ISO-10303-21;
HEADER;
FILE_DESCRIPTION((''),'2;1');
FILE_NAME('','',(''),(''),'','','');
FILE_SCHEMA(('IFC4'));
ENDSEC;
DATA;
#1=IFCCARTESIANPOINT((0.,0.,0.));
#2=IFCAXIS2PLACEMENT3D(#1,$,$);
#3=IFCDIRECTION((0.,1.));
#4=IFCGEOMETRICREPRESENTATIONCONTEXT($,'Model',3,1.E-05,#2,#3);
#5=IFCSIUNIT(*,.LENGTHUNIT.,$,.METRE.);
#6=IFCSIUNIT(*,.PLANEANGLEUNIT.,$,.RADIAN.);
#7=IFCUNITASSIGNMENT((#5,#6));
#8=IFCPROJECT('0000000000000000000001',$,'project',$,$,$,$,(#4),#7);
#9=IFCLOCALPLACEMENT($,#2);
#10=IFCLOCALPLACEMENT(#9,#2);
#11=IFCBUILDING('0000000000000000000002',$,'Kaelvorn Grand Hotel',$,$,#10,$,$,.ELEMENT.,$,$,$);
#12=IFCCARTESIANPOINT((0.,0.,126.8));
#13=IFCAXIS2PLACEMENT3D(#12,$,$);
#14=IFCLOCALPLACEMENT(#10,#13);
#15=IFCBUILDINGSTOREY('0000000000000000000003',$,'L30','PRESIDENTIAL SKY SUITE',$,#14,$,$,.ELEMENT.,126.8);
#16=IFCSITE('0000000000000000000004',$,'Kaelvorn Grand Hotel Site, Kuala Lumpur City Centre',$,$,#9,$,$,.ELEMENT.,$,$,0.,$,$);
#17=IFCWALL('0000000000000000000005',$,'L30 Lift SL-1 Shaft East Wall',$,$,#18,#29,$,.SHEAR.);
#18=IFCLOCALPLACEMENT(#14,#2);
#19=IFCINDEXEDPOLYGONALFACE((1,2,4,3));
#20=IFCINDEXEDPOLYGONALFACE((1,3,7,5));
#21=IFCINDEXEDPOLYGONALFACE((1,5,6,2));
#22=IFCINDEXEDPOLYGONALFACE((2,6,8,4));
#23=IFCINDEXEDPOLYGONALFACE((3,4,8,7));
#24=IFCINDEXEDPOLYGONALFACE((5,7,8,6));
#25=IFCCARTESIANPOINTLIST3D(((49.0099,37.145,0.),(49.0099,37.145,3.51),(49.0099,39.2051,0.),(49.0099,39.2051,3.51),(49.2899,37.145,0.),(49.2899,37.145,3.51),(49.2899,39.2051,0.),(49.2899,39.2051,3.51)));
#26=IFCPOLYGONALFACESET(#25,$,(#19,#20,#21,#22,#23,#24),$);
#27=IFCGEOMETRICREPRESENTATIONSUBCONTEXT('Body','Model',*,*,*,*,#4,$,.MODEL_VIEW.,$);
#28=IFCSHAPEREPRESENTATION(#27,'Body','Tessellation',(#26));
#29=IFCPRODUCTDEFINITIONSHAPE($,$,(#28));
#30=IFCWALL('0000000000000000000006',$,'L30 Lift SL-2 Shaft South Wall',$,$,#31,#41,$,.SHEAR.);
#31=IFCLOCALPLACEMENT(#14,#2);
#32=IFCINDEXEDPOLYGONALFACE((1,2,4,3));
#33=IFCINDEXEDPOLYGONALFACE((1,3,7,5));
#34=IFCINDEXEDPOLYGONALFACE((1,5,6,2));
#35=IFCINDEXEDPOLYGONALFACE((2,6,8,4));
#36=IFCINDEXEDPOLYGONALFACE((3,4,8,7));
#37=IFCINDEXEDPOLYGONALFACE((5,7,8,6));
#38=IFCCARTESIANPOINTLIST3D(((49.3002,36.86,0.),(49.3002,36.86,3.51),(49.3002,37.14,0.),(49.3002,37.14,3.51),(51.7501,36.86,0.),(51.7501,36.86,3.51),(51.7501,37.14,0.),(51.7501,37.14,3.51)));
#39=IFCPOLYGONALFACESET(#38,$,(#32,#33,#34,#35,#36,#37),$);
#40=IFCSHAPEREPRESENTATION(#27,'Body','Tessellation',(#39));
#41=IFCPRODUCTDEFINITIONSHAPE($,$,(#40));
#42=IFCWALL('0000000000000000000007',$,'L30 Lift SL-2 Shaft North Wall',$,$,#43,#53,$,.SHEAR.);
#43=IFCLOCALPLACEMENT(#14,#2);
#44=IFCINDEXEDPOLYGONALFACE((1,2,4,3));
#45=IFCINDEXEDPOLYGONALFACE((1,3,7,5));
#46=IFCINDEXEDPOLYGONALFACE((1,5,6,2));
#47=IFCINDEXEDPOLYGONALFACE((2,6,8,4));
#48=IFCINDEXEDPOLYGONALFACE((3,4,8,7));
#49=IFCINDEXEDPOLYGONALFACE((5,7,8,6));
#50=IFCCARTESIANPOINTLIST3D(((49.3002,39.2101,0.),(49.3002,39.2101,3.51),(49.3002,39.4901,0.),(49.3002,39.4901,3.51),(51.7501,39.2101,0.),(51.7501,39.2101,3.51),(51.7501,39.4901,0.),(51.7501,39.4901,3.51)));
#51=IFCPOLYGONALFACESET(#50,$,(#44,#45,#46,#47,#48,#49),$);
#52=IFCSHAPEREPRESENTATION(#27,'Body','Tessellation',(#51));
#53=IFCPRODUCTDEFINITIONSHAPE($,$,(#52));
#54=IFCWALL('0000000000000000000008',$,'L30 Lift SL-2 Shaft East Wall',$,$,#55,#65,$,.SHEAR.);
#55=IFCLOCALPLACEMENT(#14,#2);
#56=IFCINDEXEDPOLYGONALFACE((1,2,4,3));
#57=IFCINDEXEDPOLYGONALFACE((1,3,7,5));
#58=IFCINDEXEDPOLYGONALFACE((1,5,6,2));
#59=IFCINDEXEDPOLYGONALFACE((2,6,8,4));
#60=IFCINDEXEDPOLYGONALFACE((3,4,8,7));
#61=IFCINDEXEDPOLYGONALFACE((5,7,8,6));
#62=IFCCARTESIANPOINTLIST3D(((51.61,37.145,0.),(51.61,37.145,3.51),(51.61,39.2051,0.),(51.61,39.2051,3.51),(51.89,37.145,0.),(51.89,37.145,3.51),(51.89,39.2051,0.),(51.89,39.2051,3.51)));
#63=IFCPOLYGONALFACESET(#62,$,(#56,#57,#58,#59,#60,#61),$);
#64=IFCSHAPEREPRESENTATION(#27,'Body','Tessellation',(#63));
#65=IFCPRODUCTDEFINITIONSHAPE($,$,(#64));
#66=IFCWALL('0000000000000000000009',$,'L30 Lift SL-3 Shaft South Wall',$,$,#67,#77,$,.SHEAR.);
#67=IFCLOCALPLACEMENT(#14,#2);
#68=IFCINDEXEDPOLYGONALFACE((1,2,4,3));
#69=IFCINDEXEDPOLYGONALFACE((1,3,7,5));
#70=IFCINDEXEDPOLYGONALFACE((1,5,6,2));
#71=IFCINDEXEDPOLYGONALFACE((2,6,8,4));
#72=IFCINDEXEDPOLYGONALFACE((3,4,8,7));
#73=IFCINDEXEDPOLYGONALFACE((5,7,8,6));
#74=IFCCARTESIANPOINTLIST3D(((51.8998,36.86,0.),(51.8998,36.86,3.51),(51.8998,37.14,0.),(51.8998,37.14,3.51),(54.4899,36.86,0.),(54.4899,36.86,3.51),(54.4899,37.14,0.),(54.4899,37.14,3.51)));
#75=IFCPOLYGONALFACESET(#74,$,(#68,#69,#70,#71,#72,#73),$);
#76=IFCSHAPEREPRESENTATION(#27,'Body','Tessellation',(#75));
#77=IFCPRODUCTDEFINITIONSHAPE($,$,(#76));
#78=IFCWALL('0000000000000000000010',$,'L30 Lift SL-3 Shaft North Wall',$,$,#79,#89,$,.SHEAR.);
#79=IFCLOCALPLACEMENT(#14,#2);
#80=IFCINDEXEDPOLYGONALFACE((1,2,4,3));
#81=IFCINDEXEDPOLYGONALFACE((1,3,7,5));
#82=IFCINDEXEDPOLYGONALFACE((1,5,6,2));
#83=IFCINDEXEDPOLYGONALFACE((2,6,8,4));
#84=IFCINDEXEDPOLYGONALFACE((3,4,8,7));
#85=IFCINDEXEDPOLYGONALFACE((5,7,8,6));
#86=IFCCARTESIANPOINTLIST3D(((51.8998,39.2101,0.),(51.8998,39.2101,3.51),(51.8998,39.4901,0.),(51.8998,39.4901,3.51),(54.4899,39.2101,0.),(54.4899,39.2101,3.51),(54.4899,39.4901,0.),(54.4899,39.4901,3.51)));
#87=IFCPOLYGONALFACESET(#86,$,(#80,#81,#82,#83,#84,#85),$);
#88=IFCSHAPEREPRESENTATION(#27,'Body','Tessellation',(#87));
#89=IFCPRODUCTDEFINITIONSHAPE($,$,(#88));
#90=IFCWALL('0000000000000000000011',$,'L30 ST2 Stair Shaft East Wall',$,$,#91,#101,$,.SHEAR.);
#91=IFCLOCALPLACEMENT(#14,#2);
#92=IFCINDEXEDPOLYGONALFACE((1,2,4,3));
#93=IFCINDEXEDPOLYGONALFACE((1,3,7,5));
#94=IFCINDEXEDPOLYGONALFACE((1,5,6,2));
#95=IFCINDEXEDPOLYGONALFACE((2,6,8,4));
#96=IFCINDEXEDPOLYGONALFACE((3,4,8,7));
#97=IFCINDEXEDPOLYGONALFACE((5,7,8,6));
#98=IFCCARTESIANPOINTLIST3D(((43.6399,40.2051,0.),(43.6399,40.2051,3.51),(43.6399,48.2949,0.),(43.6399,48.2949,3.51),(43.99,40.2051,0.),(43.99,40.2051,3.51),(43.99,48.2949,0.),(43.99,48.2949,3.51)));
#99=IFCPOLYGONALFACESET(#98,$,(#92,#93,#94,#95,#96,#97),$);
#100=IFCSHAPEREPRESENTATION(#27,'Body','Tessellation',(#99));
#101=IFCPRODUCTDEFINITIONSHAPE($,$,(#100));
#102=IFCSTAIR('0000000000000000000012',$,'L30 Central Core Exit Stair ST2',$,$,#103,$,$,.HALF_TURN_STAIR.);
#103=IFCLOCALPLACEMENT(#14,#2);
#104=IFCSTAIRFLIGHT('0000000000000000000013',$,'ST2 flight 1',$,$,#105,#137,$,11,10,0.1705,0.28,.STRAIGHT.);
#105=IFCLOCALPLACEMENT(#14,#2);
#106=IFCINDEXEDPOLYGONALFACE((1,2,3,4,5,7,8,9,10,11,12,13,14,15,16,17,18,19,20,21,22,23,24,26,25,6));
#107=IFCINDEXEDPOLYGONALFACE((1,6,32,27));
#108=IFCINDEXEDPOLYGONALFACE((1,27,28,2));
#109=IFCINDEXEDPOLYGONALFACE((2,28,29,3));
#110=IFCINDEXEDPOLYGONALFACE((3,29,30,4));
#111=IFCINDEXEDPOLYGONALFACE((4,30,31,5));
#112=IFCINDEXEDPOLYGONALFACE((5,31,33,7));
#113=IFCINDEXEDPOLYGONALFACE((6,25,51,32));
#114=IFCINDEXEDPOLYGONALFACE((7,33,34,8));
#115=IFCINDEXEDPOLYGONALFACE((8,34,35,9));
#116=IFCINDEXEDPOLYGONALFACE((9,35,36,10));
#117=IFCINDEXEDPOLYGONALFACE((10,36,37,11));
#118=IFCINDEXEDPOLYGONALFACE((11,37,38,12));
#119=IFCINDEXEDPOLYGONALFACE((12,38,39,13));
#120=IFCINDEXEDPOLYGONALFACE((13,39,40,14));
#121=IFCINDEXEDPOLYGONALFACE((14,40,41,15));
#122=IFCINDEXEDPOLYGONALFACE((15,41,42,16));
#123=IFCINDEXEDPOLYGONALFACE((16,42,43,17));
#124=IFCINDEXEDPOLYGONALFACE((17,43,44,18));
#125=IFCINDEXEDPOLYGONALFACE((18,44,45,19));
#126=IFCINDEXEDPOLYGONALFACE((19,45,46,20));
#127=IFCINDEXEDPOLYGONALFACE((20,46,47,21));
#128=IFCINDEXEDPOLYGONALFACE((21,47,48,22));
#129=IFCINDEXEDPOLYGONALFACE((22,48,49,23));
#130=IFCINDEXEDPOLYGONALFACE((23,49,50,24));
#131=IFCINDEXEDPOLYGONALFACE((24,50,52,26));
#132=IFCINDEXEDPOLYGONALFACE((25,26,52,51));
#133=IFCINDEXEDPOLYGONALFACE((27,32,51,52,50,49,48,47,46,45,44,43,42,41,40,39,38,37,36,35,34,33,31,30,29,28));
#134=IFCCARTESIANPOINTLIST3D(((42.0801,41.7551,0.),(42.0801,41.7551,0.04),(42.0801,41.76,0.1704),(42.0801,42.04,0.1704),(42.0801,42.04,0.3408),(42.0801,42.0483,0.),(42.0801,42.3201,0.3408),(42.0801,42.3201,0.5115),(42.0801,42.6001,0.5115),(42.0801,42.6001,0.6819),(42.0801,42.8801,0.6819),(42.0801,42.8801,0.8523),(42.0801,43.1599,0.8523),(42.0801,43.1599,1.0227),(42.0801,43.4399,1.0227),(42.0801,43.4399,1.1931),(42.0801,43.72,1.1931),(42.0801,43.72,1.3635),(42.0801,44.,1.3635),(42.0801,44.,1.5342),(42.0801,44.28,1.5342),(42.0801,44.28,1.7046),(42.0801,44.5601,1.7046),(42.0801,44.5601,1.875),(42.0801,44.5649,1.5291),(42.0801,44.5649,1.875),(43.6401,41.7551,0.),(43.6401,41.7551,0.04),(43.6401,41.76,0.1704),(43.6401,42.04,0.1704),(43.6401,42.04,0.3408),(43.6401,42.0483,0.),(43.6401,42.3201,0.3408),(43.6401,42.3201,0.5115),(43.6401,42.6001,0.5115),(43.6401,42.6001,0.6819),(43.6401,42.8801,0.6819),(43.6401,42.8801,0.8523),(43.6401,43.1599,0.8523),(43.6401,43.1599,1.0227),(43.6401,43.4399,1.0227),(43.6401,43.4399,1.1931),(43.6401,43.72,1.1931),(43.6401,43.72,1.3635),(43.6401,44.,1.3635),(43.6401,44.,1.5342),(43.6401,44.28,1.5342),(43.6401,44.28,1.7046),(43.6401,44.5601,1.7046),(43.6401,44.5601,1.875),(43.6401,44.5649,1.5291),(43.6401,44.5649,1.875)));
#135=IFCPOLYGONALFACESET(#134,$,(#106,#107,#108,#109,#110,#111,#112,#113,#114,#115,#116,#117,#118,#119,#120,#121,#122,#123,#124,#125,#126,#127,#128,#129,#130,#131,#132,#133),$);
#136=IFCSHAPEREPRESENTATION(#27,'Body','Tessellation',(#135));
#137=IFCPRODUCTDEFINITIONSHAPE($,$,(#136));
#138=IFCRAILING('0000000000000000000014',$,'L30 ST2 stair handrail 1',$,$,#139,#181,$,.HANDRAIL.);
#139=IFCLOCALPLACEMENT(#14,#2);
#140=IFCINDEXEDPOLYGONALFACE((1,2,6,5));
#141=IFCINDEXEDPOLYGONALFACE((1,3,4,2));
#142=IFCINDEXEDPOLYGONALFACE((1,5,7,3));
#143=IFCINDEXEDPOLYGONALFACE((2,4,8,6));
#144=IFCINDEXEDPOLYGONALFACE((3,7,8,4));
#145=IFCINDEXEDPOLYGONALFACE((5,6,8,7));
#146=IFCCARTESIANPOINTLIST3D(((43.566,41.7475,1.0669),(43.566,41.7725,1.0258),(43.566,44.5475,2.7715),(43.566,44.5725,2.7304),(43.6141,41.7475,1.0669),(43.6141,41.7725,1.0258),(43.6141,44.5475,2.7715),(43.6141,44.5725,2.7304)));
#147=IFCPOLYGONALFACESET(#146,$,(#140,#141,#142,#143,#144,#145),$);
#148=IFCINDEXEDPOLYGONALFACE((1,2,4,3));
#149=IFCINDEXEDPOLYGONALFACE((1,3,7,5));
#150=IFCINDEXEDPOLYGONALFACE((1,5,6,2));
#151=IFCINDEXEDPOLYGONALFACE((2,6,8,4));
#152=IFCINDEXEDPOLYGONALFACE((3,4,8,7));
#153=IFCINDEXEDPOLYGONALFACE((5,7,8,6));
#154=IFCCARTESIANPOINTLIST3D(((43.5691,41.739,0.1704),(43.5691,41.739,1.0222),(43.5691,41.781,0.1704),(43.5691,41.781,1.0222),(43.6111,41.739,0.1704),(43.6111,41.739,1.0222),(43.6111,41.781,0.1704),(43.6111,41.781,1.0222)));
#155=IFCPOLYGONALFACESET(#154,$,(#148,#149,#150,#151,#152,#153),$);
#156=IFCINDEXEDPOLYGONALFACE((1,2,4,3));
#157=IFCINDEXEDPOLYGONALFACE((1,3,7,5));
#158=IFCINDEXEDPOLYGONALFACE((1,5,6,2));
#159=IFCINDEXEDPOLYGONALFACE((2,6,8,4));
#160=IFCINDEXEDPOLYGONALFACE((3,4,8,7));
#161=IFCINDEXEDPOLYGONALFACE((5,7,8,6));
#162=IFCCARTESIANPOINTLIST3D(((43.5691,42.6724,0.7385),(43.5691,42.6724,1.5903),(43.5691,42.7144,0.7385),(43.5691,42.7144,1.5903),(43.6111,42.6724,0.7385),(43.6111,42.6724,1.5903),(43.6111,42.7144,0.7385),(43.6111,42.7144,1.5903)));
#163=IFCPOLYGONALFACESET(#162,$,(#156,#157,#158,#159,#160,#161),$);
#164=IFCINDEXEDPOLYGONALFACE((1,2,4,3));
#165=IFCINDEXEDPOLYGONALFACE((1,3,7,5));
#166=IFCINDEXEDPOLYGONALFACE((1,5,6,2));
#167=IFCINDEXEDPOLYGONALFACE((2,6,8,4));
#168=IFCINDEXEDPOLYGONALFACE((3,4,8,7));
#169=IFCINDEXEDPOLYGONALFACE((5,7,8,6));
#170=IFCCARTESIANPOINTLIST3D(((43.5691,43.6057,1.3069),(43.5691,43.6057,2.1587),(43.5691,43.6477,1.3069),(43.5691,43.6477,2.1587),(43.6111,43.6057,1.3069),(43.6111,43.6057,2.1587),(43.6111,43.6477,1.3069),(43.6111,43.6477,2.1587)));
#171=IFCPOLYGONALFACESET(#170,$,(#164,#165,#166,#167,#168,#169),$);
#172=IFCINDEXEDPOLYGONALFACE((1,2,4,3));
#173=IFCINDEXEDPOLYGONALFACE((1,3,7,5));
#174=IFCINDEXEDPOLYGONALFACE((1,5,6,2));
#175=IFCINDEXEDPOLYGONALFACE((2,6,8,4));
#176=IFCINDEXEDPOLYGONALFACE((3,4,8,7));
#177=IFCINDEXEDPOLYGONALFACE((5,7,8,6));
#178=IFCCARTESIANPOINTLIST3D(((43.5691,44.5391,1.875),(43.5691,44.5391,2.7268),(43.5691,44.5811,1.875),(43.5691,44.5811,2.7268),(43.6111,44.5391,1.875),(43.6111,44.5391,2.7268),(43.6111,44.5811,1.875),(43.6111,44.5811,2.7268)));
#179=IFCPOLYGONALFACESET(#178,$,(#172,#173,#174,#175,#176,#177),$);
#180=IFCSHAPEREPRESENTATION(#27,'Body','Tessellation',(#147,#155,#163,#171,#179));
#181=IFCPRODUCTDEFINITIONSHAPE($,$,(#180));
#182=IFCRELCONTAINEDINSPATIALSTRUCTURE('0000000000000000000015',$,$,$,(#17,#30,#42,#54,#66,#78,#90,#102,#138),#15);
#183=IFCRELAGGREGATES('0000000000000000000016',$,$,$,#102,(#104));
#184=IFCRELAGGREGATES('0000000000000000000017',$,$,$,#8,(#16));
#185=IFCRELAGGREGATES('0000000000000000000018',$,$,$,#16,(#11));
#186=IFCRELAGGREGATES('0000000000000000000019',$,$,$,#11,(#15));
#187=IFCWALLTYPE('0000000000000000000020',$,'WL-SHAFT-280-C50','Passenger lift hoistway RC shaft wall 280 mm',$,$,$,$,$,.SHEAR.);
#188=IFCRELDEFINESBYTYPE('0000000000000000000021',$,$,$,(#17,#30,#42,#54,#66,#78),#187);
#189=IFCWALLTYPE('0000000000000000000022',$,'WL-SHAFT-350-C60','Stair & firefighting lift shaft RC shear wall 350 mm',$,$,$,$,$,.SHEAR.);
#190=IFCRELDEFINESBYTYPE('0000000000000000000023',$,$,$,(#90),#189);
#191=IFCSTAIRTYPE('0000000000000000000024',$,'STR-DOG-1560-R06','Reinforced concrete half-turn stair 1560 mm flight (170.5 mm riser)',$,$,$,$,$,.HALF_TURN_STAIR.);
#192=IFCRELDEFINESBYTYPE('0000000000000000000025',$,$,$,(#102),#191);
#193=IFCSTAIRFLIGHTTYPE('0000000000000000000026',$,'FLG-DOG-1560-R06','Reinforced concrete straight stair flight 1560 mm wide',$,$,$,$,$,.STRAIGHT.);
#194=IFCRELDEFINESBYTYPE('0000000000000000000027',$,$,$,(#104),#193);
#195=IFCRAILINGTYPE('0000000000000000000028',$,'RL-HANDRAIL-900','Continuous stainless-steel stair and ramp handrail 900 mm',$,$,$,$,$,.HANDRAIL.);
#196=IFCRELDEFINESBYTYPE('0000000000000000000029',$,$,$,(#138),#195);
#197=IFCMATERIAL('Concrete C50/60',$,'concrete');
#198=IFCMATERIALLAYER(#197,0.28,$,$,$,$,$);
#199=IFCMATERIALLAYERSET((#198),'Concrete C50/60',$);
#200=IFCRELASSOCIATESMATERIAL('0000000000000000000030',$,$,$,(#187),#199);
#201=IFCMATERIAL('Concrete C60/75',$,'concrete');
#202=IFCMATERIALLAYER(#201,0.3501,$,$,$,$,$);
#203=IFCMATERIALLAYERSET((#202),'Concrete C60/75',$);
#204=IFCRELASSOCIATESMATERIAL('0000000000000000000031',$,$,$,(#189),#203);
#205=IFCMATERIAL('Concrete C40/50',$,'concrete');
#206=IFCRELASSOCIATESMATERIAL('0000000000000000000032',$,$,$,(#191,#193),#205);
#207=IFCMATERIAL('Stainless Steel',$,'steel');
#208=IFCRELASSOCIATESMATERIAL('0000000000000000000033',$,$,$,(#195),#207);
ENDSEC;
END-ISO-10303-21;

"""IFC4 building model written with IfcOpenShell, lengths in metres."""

from ifc_helpers import new_model, si_unit, direction, frame, frame_2d, origin, origin_2d, place, context, subcontext, project, spatial, polyline, rectangle, outline, extrude, material, layer, layer_set, type_object, element, aggregate, save


model = new_model("IFC4")

# Units and contexts
model_context = context("Model", 3, precision=1e-05, world=origin(), true_north=direction((0.0, 1.0)))
body_context = subcontext(model_context, "Body", "Model", "MODEL_VIEW")
ifc_project = project(units=[si_unit("LENGTHUNIT", "METRE"), si_unit("PLANEANGLEUNIT", "RADIAN")], contexts=[model_context])

# Site, building, storey
site_placement = place(None, origin())
site = spatial("IfcSite", under=ifc_project, at=site_placement, Name="Kaelvorn Grand Hotel Site, Kuala Lumpur City Centre", CompositionType="ELEMENT", RefElevation=0.0)
building_placement = place(site_placement, origin())
building = spatial("IfcBuilding", under=site, at=building_placement, Name="Kaelvorn Grand Hotel", CompositionType="ELEMENT")
storey_placement = place(building_placement, frame((0.0, 0.0, 126.8)))
storey = spatial("IfcBuildingStorey", under=building, at=storey_placement, Name="L30", Description="PRESIDENTIAL SKY SUITE", CompositionType="ELEMENT", Elevation=126.8)

# Shared definitions
ifc_material_1 = material(Name="Concrete C60/75", Category="concrete")

# Walls
ifc_material_2 = material(Name="Concrete C40/50", Category="concrete")
ifc_material_3 = material(Name="Concrete C50/60", Category="concrete")
ifc_layer_1 = layer(ifc_material_3, 0.28)
ifc_layer_set_1 = layer_set([ifc_layer_1], Name="Concrete C50/60")
wall_type_1 = type_object("IfcWallType", Name="WL-SHAFT-280-C50", Description="Passenger lift hoistway RC shaft wall 280 mm", PredefinedType="SHEAR", material=ifc_layer_set_1)
for number, where, z_axis, x_axis, name in (
    (1, (49.1499, 37.145, 0.0), (0.0, 0.0, 1.0), (0.0, 1.0, 0.0), "L30 Lift SL-1 Shaft East Wall"),
):
    element("IfcWall", number, at=place(storey_placement, frame(where, z_axis=z_axis, x_axis=x_axis)), inside=storey, type_object=wall_type_1, Name=name, PredefinedType="SHEAR", context=body_context, shape_type="SweptSolid", body=[
        extrude(rectangle(XDim=2.0601, YDim=0.28, at=frame_2d((1.03, 0.0))), origin(), (0.0, 0.0, 1.0), 3.51),
    ])
for number, where, z_axis, x_axis, name in (
    (2, (49.3, 37.0, 0.0), (0.0, 0.0, 1.0), (1.0, 0.0, 0.0), "L30 Lift SL-2 Shaft South Wall"),
    (3, (49.3, 39.3501, 0.0), (0.0, 0.0, 1.0), (1.0, 0.0, 0.0), "L30 Lift SL-2 Shaft North Wall"),
):
    element("IfcWall", number, at=place(storey_placement, frame(where, z_axis=z_axis, x_axis=x_axis)), inside=storey, type_object=wall_type_1, Name=name, PredefinedType="SHEAR", context=body_context, shape_type="SweptSolid", body=[
        extrude(rectangle(XDim=2.45, YDim=0.28, at=frame_2d((1.2251, 0.0))), origin(), (0.0, 0.0, 1.0), 3.51),
    ])
wall_1_placement = place(storey_placement, frame((51.75, 37.145, 0.0), z_axis=(0.0, 0.0, 1.0), x_axis=(0.0, 1.0, 0.0)))
element("IfcWall", 4, at=wall_1_placement, inside=storey, type_object=wall_type_1, Name="L30 Lift SL-2 Shaft East Wall", PredefinedType="SHEAR", context=body_context, shape_type="SweptSolid", body=[
    extrude(rectangle(XDim=2.0601, YDim=0.28, at=frame_2d((1.03, 0.0))), origin(), (0.0, 0.0, 1.0), 3.51),
])
for number, where, z_axis, x_axis, name in (
    (5, (51.8999, 37.0, 0.0), (0.0, 0.0, 1.0), (1.0, 0.0, 0.0), "L30 Lift SL-3 Shaft South Wall"),
    (6, (51.8999, 39.3501, 0.0), (0.0, 0.0, 1.0), (1.0, 0.0, 0.0), "L30 Lift SL-3 Shaft North Wall"),
):
    element("IfcWall", number, at=place(storey_placement, frame(where, z_axis=z_axis, x_axis=x_axis)), inside=storey, type_object=wall_type_1, Name=name, PredefinedType="SHEAR", context=body_context, shape_type="SweptSolid", body=[
        extrude(rectangle(XDim=2.5901, YDim=0.28, at=frame_2d((1.2949, 0.0))), origin(), (0.0, 0.0, 1.0), 3.51),
    ])
ifc_layer_2 = layer(ifc_material_1, 0.3501)
ifc_layer_set_2 = layer_set([ifc_layer_2], Name="Concrete C60/75")
wall_type_2 = type_object("IfcWallType", Name="WL-SHAFT-350-C60", Description="Stair & firefighting lift shaft RC shear wall 350 mm", PredefinedType="SHEAR", material=ifc_layer_set_2)
wall_2_placement = place(storey_placement, frame((43.8149, 40.2051, 0.0), z_axis=(0.0, 0.0, 1.0), x_axis=(0.0, 1.0, 0.0)))
element("IfcWall", 7, at=wall_2_placement, inside=storey, type_object=wall_type_2, Name="L30 ST2 Stair Shaft East Wall", PredefinedType="SHEAR", context=body_context, shape_type="SweptSolid", body=[
    extrude(rectangle(XDim=8.0898, YDim=0.3501, at=frame_2d((4.0449, 0.0))), origin(), (0.0, 0.0, 1.0), 3.51),
])

# Stair, stair flight
stair_type = type_object("IfcStairType", Name="STR-DOG-1560-R06", Description="Reinforced concrete half-turn stair 1560 mm flight (170.5 mm riser)", PredefinedType="HALF_TURN_STAIR", material=ifc_material_2)
stair_placement = place(storey_placement, origin())
stair = element("IfcStair", 8, at=stair_placement, inside=storey, type_object=stair_type, Name="L30 Central Core Exit Stair ST2", PredefinedType="HALF_TURN_STAIR")
stair_flight_type = type_object("IfcStairFlightType", Name="FLG-DOG-1560-R06", Description="Reinforced concrete straight stair flight 1560 mm wide", PredefinedType="STRAIGHT", material=ifc_material_2)
stair_flight_placement = place(storey_placement, frame((42.8601, 41.76, 0.0), z_axis=(0.0, 0.0, 1.0), x_axis=(0.0, 1.0, 0.0)))
stair_flight = element("IfcStairFlight", 9, at=stair_flight_placement, type_object=stair_flight_type, Name="ST2 flight 1", NumberOfRisers=11, NumberOfTreads=10, PredefinedType="STRAIGHT", RiserHeight=0.1705, TreadLength=0.28, context=body_context, shape_type="SweptSolid", body=[
    extrude(outline(polyline([(-0.0049, 0.0), (-0.0049, 0.04), (0.0, 0.1704), (0.28, 0.1704), (0.28, 0.3408), (0.5601, 0.3408), (0.5601, 0.5115), (0.8401, 0.5115), (0.8401, 0.6819), (1.1201, 0.6819), (1.1201, 0.8523), (1.3999, 0.8523), (1.3999, 1.0227), (1.6799, 1.0227), (1.6799, 1.1931), (1.96, 1.1931), (1.96, 1.3635), (2.24, 1.3635), (2.24, 1.5342), (2.52, 1.5342), (2.52, 1.7046), (2.8, 1.7046), (2.8, 1.875), (2.8049, 1.875), (2.8049, 1.5291), (0.2883, 0.0), (-0.0049, 0.0)])), frame((0.0, 0.78, 0.0), z_axis=(0.0, -1.0, 0.0), x_axis=(1.0, 0.0, 0.0)), (0.0, 0.0, 1.0), 1.5601),
])
aggregate(stair, [stair_flight])

# Railing
ifc_material_4 = material(Name="Stainless Steel", Category="steel")
railing_type_1 = type_object("IfcRailingType", Name="RL-HANDRAIL-900", Description="Continuous stainless-steel stair and ramp handrail 900 mm", PredefinedType="HANDRAIL", material=ifc_material_4)
railing_1_placement = place(storey_placement, frame((43.5901, 41.76, 0.1704)))
element("IfcRailing", 10, at=railing_1_placement, inside=storey, type_object=railing_type_1, Name="L30 ST2 stair handrail 1", PredefinedType="HANDRAIL", context=body_context, shape_type="SweptSolid", body=[
    extrude(rectangle(XDim=0.0481, YDim=0.0481, at=origin_2d()), frame((0.0, 0.0, 0.876), z_axis=(0.0, 0.85417, 0.519994), x_axis=(-1.0, 0.0, 0.0)), (0.0, 0.0, 1.0), 3.2781),
    extrude(rectangle(XDim=0.042, YDim=0.042, at=origin_2d()), origin(), (0.0, 0.0, 1.0), 0.8518),
    extrude(rectangle(XDim=0.042, YDim=0.042, at=origin_2d()), frame((0.0, 0.9333, 0.5681)), (0.0, 0.0, 1.0), 0.8518),
    extrude(rectangle(XDim=0.042, YDim=0.042, at=origin_2d()), frame((0.0, 1.8667, 1.1365)), (0.0, 0.0, 1.0), 0.8518),
    extrude(rectangle(XDim=0.042, YDim=0.042, at=origin_2d()), frame((0.0, 2.8, 1.7046)), (0.0, 0.0, 1.0), 0.8518),
])

save(model, "model.ifc")
